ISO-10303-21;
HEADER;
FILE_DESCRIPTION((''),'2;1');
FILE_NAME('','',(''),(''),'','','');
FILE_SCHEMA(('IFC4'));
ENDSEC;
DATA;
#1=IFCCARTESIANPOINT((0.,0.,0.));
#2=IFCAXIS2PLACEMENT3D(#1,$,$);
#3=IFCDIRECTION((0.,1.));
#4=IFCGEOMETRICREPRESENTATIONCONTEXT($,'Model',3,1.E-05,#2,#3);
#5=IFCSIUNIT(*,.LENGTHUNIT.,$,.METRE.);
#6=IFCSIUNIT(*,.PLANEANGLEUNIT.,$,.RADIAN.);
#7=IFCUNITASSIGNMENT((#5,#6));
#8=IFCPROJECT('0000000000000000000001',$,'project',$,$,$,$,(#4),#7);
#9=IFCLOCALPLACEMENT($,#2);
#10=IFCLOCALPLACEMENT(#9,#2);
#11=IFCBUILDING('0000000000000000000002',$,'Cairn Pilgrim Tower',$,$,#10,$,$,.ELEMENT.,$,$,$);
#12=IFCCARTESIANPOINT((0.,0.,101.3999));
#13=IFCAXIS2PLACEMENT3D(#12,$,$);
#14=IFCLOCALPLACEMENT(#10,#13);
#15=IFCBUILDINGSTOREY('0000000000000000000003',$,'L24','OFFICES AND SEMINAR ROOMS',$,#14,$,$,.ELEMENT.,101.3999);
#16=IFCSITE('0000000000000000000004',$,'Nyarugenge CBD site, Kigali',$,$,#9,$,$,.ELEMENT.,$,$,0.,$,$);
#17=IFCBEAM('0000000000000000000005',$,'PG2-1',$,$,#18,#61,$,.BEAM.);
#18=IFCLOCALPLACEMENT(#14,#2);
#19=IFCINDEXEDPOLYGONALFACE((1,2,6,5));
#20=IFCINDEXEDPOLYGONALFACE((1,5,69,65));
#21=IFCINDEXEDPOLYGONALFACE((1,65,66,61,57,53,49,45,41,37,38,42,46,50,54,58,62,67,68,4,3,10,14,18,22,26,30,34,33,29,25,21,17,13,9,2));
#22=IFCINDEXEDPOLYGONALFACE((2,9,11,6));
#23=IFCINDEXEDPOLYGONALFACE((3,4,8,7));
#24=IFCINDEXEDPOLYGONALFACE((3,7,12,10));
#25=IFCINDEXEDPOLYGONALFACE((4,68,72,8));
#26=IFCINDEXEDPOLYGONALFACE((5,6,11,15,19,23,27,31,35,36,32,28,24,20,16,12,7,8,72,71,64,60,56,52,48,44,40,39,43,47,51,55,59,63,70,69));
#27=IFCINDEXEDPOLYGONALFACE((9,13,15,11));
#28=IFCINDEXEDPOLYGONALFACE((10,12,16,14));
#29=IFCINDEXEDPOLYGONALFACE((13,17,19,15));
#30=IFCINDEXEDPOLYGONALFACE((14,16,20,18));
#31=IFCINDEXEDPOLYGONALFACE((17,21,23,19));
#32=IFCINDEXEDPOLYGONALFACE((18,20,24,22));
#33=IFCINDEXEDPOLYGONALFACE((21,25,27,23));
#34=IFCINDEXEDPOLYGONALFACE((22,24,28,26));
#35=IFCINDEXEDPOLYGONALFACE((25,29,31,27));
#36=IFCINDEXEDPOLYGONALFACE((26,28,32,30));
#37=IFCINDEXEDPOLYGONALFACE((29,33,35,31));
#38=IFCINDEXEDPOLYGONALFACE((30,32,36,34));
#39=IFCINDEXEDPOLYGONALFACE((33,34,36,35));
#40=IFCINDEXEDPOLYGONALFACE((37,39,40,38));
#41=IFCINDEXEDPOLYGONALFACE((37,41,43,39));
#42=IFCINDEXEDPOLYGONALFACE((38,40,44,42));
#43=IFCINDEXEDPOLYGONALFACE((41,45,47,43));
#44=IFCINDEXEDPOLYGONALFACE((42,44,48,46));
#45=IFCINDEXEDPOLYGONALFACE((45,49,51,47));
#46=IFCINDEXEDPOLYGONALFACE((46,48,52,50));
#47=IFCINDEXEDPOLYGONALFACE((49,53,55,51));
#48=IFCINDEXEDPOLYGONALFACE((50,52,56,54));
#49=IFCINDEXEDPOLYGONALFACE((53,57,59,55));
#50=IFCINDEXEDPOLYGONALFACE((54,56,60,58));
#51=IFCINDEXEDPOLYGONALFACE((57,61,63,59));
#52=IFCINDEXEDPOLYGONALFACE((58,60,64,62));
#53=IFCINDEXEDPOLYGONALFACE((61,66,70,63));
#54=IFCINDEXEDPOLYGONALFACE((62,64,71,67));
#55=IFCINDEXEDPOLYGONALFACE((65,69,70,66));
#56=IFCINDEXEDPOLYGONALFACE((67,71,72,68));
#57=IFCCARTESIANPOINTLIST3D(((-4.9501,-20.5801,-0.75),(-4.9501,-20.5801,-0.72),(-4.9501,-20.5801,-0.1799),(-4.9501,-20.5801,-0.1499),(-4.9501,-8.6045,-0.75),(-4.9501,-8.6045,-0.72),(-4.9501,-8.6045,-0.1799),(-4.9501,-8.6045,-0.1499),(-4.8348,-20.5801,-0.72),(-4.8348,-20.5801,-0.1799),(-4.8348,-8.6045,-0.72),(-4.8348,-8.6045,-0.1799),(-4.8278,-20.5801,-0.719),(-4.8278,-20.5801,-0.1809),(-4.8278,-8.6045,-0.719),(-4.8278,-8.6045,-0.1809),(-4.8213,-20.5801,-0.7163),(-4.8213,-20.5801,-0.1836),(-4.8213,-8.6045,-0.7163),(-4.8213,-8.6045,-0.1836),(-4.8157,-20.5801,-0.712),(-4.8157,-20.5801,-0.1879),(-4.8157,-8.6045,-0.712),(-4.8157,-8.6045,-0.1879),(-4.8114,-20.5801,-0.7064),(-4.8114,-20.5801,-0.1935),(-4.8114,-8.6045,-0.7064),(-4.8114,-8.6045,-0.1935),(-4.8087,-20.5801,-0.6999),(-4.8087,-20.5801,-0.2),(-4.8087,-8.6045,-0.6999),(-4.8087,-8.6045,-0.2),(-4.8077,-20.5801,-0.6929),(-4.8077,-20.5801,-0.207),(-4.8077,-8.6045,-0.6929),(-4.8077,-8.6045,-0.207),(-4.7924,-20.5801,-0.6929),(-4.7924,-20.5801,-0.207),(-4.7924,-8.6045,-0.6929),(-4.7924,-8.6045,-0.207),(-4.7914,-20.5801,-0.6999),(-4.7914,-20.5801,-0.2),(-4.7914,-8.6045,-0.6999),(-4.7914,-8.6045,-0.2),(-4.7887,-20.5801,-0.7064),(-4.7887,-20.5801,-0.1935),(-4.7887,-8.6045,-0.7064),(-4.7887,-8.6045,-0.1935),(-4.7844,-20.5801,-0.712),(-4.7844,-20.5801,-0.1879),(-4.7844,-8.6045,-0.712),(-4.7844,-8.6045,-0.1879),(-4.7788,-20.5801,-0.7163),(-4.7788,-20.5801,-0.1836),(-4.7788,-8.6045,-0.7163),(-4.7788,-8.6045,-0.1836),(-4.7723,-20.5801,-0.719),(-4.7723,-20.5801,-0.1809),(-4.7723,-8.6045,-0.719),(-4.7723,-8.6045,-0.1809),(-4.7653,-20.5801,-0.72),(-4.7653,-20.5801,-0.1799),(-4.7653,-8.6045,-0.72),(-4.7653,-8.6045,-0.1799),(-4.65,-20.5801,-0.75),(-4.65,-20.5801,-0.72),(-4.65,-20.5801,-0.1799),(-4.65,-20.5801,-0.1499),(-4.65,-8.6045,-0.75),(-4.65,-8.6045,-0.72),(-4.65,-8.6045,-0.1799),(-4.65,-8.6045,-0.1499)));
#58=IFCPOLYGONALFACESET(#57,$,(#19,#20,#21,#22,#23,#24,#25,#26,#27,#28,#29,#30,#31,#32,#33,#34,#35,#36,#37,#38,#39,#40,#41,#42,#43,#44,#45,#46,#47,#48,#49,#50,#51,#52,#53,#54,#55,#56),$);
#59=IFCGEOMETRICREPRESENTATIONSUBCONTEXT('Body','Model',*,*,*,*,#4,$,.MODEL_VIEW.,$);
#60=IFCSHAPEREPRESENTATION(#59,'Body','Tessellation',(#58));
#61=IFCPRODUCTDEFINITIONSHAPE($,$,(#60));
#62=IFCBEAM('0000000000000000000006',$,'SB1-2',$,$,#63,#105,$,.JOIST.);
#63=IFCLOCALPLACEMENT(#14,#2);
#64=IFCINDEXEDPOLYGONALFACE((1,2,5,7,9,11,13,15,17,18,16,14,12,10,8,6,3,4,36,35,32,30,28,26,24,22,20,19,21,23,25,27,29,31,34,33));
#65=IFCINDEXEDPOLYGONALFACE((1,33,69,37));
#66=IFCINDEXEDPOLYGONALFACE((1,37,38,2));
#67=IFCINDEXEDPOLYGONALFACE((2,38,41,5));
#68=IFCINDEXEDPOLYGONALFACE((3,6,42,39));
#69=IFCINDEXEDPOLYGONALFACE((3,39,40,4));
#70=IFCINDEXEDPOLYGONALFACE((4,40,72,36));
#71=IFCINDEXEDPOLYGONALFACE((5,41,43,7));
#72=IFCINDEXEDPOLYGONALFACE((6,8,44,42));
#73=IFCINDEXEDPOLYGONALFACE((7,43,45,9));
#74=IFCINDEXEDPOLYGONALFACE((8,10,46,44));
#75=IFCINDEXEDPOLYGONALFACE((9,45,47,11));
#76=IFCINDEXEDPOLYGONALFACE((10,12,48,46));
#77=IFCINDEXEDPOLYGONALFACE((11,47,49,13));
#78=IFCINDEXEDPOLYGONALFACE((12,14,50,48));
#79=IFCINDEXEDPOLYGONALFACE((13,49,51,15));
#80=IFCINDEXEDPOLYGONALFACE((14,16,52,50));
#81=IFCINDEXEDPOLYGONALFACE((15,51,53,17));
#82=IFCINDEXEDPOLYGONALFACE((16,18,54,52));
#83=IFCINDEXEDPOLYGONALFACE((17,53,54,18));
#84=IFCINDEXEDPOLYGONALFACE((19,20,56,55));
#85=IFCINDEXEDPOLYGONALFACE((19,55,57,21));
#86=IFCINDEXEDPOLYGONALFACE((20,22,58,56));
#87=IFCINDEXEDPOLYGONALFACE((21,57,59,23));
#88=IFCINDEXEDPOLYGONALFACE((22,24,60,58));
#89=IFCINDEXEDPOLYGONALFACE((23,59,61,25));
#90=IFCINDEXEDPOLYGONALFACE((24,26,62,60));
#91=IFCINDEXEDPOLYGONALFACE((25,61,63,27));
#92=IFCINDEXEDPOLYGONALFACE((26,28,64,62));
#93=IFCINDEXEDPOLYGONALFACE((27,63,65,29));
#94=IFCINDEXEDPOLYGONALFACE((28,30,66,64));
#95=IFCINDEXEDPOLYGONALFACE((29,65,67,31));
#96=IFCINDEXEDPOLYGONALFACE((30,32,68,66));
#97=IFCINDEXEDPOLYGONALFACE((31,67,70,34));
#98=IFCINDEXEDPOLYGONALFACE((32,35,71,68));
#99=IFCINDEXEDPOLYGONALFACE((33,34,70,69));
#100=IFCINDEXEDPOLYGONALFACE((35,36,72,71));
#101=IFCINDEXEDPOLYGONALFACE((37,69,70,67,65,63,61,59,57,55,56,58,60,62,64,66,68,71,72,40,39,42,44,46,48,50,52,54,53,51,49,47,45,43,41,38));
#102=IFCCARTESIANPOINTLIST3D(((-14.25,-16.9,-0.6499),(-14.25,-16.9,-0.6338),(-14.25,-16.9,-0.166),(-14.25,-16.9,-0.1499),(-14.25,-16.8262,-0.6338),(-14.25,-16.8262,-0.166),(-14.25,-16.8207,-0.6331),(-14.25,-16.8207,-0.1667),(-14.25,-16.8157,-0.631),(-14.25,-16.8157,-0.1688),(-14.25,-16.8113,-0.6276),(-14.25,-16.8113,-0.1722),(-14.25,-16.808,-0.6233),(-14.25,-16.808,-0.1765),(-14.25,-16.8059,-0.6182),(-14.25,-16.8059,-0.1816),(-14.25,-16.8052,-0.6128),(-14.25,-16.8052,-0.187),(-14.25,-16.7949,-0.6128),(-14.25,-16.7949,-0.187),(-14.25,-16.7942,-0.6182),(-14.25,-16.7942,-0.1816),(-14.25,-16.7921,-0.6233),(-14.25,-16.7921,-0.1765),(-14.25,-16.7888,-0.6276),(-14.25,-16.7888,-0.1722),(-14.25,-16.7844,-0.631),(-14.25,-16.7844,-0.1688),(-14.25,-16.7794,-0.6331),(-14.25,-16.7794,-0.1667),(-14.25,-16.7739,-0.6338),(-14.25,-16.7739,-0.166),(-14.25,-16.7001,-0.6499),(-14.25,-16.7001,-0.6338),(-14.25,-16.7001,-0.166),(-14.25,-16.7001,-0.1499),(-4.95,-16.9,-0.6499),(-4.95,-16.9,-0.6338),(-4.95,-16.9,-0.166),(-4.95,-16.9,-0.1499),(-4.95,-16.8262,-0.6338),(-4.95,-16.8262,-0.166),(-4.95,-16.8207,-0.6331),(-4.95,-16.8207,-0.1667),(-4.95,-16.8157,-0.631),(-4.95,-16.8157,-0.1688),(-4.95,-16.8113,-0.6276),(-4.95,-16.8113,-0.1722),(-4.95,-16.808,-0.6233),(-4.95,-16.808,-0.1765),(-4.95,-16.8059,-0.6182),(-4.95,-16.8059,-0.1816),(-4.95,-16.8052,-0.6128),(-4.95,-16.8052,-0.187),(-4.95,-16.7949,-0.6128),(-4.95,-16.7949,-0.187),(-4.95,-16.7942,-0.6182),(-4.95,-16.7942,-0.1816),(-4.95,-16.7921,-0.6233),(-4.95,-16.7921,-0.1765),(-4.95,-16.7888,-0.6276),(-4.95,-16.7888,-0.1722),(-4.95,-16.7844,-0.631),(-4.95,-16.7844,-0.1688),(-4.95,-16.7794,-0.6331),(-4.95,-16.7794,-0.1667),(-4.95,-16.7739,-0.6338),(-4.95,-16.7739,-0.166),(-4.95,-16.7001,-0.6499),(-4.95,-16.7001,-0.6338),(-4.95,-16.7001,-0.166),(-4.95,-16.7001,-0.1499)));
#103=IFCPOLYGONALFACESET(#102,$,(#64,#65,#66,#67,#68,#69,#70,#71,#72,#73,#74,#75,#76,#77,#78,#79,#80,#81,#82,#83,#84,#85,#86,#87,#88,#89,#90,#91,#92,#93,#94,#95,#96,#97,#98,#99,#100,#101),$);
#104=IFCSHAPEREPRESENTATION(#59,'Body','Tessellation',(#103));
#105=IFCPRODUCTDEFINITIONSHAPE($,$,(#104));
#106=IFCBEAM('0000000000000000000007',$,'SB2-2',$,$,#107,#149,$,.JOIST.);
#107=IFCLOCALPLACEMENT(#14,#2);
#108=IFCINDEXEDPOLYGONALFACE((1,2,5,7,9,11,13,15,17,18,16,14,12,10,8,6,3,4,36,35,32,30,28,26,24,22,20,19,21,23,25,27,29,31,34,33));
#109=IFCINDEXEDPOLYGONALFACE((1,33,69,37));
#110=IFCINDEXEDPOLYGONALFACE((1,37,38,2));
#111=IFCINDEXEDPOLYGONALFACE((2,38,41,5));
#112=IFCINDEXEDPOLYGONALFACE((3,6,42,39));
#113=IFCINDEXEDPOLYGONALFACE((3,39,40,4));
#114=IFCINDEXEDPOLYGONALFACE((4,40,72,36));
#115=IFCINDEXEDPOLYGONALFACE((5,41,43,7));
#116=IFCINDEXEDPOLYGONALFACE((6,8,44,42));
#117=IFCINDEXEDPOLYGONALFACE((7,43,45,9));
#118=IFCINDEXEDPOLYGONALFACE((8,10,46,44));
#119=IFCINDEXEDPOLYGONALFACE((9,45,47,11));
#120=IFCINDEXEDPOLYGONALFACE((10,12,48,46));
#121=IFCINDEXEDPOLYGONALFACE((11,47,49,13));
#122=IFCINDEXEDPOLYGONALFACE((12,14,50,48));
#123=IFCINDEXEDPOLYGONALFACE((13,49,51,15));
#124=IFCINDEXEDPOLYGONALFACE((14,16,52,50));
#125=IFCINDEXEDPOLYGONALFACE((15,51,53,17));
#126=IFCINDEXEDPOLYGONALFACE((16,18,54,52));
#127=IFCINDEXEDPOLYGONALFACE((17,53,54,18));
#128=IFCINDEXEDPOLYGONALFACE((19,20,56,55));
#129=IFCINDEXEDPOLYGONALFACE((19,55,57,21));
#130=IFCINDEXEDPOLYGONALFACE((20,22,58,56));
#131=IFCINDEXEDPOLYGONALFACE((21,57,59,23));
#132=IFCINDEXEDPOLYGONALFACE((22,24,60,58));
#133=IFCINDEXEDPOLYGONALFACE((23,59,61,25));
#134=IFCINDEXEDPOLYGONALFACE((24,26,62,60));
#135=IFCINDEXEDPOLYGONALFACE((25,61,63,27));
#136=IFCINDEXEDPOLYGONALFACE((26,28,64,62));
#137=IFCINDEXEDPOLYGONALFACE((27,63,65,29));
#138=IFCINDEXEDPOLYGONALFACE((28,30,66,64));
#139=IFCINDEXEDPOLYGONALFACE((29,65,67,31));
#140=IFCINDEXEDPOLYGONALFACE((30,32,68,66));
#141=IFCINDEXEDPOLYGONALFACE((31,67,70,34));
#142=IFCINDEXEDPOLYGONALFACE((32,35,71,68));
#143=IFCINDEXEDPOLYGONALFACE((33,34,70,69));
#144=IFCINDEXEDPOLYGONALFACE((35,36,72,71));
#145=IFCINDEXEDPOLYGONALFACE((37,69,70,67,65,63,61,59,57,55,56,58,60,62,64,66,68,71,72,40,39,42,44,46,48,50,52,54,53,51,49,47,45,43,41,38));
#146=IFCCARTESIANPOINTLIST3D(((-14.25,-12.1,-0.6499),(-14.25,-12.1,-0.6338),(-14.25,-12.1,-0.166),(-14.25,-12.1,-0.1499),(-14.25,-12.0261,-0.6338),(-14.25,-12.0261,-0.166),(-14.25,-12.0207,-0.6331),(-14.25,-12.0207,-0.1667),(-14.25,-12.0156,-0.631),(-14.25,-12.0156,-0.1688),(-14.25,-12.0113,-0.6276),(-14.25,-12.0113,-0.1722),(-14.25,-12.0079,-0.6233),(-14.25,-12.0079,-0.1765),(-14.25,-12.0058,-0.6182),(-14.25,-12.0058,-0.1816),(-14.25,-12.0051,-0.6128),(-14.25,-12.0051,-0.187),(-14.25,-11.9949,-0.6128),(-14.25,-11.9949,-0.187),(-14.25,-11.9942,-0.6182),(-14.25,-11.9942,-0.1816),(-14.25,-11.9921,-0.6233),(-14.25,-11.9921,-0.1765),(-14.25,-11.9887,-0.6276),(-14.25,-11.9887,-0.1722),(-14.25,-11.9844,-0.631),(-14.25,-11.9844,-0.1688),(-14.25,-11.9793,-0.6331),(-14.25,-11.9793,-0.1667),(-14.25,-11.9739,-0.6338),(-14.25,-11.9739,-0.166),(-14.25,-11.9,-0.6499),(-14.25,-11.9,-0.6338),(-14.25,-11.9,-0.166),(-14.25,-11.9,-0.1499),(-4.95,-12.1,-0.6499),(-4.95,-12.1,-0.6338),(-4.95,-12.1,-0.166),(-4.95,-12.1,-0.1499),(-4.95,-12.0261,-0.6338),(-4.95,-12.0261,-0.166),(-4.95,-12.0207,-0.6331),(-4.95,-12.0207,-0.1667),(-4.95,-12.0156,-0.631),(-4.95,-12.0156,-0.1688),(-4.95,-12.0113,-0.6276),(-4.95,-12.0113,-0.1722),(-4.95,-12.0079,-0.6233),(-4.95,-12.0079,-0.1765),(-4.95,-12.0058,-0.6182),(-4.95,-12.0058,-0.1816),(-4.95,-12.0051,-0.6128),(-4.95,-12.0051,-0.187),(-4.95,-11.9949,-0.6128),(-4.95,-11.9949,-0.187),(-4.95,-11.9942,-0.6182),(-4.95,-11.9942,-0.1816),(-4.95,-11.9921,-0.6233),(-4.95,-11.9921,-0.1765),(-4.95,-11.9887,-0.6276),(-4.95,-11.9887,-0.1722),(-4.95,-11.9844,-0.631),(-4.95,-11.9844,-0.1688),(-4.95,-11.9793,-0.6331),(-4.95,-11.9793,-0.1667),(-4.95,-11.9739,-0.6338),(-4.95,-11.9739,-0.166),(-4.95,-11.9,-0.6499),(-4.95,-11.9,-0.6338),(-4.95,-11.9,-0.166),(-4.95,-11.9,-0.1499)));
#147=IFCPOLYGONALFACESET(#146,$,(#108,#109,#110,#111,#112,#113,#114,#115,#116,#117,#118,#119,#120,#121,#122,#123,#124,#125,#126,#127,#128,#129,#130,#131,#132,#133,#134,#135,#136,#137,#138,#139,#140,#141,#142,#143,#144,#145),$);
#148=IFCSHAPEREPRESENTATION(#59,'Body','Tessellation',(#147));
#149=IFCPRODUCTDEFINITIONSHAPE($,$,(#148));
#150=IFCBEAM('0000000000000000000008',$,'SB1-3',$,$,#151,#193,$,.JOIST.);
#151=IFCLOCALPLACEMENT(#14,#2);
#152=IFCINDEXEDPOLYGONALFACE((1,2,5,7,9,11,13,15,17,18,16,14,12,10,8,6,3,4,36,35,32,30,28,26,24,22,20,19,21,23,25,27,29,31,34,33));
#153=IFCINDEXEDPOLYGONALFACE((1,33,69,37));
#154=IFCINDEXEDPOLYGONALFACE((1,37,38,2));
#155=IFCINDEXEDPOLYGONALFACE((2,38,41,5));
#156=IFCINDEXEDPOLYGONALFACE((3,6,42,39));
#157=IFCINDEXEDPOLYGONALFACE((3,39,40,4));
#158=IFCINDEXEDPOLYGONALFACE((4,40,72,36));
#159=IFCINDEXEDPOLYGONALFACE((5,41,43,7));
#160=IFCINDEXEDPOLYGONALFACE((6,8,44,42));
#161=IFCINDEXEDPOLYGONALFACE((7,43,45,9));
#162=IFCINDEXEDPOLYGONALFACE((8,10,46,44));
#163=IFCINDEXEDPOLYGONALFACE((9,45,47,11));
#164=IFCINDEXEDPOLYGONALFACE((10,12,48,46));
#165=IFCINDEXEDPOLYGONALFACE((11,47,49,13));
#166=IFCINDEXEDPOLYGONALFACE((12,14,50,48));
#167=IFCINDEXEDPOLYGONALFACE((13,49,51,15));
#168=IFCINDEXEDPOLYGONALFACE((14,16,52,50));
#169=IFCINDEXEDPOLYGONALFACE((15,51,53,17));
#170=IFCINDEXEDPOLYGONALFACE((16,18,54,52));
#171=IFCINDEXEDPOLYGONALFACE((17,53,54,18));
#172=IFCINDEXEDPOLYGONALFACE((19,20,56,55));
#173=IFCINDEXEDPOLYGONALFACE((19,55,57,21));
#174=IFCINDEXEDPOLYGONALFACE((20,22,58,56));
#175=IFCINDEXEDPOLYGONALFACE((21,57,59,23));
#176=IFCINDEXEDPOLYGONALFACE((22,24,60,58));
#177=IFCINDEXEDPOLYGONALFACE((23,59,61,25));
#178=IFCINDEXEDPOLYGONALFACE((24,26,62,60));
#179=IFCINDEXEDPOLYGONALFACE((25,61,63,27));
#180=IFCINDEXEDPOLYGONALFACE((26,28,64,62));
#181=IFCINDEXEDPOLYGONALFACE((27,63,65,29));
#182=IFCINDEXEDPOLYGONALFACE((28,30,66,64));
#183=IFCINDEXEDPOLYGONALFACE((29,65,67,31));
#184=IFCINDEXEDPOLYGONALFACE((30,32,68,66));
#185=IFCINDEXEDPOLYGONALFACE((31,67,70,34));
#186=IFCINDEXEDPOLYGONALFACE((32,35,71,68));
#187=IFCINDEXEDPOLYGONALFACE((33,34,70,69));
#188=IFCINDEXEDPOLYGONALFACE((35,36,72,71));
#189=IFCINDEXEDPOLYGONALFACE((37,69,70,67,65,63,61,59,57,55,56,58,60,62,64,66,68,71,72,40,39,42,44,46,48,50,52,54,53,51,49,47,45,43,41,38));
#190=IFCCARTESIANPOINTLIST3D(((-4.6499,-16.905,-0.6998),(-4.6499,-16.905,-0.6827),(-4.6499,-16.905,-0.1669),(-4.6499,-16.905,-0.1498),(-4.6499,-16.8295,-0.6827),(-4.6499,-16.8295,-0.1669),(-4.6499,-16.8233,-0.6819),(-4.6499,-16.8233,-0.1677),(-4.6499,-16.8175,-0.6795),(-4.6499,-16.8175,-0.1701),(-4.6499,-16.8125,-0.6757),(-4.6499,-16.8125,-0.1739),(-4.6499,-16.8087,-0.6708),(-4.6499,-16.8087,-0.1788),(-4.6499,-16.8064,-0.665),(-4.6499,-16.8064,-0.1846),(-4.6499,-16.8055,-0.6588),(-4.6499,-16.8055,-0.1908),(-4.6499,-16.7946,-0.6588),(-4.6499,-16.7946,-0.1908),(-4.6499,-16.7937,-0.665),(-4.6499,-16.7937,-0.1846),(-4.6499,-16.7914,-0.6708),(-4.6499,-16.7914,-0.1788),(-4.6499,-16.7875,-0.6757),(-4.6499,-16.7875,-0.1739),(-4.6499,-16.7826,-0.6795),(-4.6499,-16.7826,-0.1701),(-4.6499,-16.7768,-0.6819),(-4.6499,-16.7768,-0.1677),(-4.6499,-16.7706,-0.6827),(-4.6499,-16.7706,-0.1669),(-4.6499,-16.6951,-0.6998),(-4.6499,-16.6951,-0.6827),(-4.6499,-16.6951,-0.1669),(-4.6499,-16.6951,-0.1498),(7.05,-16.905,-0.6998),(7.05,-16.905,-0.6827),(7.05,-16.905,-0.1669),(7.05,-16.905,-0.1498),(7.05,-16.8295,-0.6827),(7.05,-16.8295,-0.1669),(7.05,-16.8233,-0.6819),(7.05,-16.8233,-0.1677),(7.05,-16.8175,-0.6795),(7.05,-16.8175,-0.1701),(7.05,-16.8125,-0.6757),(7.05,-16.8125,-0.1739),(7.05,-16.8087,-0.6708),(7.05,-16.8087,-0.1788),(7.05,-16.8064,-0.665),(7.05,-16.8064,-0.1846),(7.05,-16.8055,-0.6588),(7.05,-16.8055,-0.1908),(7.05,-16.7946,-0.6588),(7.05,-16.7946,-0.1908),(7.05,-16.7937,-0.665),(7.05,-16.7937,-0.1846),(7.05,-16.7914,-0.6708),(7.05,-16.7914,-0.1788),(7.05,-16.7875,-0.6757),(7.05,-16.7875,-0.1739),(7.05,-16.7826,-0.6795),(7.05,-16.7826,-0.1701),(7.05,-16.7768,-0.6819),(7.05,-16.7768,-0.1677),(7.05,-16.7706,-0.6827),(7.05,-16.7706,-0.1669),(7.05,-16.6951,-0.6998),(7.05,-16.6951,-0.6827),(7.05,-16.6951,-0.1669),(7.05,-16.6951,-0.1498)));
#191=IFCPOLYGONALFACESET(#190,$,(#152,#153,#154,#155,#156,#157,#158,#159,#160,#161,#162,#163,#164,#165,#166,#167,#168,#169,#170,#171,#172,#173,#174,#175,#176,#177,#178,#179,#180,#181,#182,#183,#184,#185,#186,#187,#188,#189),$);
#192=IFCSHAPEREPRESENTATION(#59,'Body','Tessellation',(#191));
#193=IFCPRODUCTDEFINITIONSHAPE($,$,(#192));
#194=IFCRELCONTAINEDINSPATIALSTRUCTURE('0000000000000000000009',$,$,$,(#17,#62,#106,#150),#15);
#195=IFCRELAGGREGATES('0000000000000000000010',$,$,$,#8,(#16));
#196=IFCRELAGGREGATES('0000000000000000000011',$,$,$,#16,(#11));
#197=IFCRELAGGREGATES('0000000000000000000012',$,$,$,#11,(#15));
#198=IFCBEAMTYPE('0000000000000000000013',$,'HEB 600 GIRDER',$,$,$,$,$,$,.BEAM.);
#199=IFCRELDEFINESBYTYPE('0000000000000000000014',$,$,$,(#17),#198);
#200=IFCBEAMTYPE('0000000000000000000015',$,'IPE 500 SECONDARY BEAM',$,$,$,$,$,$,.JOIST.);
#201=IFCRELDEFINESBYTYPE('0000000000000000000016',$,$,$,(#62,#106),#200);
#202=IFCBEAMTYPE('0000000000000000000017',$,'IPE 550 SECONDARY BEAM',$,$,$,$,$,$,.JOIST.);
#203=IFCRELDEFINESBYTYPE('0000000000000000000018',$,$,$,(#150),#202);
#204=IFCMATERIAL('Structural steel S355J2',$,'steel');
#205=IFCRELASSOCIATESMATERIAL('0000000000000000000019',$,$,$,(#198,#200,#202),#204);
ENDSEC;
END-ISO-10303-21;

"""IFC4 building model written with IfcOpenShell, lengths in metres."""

from ifc_helpers import new_model, si_unit, direction, frame, origin, origin_2d, place, context, subcontext, project, spatial, i_section, extrude, material, material_profile, profile_set, type_object, element, save


model = new_model("IFC4")

# Units and contexts
model_context = context("Model", 3, precision=1e-05, world=origin(), true_north=direction((0.0, 1.0)))
body_context = subcontext(model_context, "Body", "Model", "MODEL_VIEW")
ifc_project = project(units=[si_unit("LENGTHUNIT", "METRE"), si_unit("PLANEANGLEUNIT", "RADIAN")], contexts=[model_context])

# Site, building, storey
site_placement = place(None, origin())
site = spatial("IfcSite", under=ifc_project, at=site_placement, Name="Nyarugenge CBD site, Kigali", CompositionType="ELEMENT", RefElevation=0.0)
building_placement = place(site_placement, origin())
building = spatial("IfcBuilding", under=site, at=building_placement, Name="Cairn Pilgrim Tower", CompositionType="ELEMENT")
storey_placement = place(building_placement, frame((0.0, 0.0, 101.3999)))
storey = spatial("IfcBuildingStorey", under=building, at=storey_placement, Name="L24", Description="OFFICES AND SEMINAR ROOMS", CompositionType="ELEMENT", Elevation=101.3999)

# Beams
ifc_material_1 = material(Name="Structural steel S355J2", Category="steel")
ifc_material_profile_1 = material_profile(ifc_material_1, i_section(OverallWidth=0.3, OverallDepth=0.6001, WebThickness=0.0154, FlangeThickness=0.03, FilletRadius=0.0271, at=origin_2d()), Name="HEB 600")
ifc_profile_set_1 = profile_set([ifc_material_profile_1], Name="Structural steel S355J2")
beam_type_1 = type_object("IfcBeamType", Name="HEB 600 GIRDER", PredefinedType="BEAM", material=ifc_profile_set_1)
beam_1_placement = place(storey_placement, frame((-4.8, -20.5801, -0.45), z_axis=(0.0, 1.0, 0.0), x_axis=(-1.0, 0.0, 0.0)))
element("IfcBeam", 1, at=beam_1_placement, inside=storey, type_object=beam_type_1, Name="PG2-1", PredefinedType="BEAM", context=body_context, shape_type="SweptSolid", body=[
    extrude(i_section(OverallWidth=0.3, OverallDepth=0.6001, WebThickness=0.0154, FlangeThickness=0.03, FilletRadius=0.0271, at=origin_2d()), origin(), (0.0, 0.0, 1.0), 11.9756),
])
ifc_material_profile_2 = material_profile(ifc_material_1, i_section(OverallWidth=0.2, OverallDepth=0.5, WebThickness=0.0103, FlangeThickness=0.0161, FilletRadius=0.021, at=origin_2d()), Name="IPE 500")
ifc_profile_set_2 = profile_set([ifc_material_profile_2], Name="Structural steel S355J2")
beam_type_2 = type_object("IfcBeamType", Name="IPE 500 SECONDARY BEAM", PredefinedType="JOIST", material=ifc_profile_set_2)
for number, where, z_axis, x_axis, name in (
    (2, (-14.25, -16.8, -0.3999), (1.0, 0.0, 0.0), (0.0, 1.0, 0.0), "SB1-2"),
    (3, (-14.25, -12.0, -0.3999), (1.0, 0.0, 0.0), (0.0, 1.0, 0.0), "SB2-2"),
):
    element("IfcBeam", number, at=place(storey_placement, frame(where, z_axis=z_axis, x_axis=x_axis)), inside=storey, type_object=beam_type_2, Name=name, PredefinedType="JOIST", context=body_context, shape_type="SweptSolid", body=[
        extrude(i_section(OverallWidth=0.2, OverallDepth=0.5, WebThickness=0.0103, FlangeThickness=0.0161, FilletRadius=0.021, at=origin_2d()), origin(), (0.0, 0.0, 1.0), 9.3),
    ])
ifc_material_profile_3 = material_profile(ifc_material_1, i_section(OverallWidth=0.21, OverallDepth=0.55, WebThickness=0.011, FlangeThickness=0.0171, FilletRadius=0.0239, at=origin_2d()), Name="IPE 550")
ifc_profile_set_3 = profile_set([ifc_material_profile_3], Name="Structural steel S355J2")
beam_type_3 = type_object("IfcBeamType", Name="IPE 550 SECONDARY BEAM", PredefinedType="JOIST", material=ifc_profile_set_3)
for number, where, z_axis, x_axis, name in (
    (4, (-4.6499, -16.8, -0.4248), (1.0, 0.0, 0.0), (0.0, 1.0, 0.0), "SB1-3"),
):
    element("IfcBeam", number, at=place(storey_placement, frame(where, z_axis=z_axis, x_axis=x_axis)), inside=storey, type_object=beam_type_3, Name=name, PredefinedType="JOIST", context=body_context, shape_type="SweptSolid", body=[
        extrude(i_section(OverallWidth=0.21, OverallDepth=0.55, WebThickness=0.011, FlangeThickness=0.0171, FilletRadius=0.0239, at=origin_2d()), origin(), (0.0, 0.0, 1.0), 11.7),
    ])

save(model, "model.ifc")
